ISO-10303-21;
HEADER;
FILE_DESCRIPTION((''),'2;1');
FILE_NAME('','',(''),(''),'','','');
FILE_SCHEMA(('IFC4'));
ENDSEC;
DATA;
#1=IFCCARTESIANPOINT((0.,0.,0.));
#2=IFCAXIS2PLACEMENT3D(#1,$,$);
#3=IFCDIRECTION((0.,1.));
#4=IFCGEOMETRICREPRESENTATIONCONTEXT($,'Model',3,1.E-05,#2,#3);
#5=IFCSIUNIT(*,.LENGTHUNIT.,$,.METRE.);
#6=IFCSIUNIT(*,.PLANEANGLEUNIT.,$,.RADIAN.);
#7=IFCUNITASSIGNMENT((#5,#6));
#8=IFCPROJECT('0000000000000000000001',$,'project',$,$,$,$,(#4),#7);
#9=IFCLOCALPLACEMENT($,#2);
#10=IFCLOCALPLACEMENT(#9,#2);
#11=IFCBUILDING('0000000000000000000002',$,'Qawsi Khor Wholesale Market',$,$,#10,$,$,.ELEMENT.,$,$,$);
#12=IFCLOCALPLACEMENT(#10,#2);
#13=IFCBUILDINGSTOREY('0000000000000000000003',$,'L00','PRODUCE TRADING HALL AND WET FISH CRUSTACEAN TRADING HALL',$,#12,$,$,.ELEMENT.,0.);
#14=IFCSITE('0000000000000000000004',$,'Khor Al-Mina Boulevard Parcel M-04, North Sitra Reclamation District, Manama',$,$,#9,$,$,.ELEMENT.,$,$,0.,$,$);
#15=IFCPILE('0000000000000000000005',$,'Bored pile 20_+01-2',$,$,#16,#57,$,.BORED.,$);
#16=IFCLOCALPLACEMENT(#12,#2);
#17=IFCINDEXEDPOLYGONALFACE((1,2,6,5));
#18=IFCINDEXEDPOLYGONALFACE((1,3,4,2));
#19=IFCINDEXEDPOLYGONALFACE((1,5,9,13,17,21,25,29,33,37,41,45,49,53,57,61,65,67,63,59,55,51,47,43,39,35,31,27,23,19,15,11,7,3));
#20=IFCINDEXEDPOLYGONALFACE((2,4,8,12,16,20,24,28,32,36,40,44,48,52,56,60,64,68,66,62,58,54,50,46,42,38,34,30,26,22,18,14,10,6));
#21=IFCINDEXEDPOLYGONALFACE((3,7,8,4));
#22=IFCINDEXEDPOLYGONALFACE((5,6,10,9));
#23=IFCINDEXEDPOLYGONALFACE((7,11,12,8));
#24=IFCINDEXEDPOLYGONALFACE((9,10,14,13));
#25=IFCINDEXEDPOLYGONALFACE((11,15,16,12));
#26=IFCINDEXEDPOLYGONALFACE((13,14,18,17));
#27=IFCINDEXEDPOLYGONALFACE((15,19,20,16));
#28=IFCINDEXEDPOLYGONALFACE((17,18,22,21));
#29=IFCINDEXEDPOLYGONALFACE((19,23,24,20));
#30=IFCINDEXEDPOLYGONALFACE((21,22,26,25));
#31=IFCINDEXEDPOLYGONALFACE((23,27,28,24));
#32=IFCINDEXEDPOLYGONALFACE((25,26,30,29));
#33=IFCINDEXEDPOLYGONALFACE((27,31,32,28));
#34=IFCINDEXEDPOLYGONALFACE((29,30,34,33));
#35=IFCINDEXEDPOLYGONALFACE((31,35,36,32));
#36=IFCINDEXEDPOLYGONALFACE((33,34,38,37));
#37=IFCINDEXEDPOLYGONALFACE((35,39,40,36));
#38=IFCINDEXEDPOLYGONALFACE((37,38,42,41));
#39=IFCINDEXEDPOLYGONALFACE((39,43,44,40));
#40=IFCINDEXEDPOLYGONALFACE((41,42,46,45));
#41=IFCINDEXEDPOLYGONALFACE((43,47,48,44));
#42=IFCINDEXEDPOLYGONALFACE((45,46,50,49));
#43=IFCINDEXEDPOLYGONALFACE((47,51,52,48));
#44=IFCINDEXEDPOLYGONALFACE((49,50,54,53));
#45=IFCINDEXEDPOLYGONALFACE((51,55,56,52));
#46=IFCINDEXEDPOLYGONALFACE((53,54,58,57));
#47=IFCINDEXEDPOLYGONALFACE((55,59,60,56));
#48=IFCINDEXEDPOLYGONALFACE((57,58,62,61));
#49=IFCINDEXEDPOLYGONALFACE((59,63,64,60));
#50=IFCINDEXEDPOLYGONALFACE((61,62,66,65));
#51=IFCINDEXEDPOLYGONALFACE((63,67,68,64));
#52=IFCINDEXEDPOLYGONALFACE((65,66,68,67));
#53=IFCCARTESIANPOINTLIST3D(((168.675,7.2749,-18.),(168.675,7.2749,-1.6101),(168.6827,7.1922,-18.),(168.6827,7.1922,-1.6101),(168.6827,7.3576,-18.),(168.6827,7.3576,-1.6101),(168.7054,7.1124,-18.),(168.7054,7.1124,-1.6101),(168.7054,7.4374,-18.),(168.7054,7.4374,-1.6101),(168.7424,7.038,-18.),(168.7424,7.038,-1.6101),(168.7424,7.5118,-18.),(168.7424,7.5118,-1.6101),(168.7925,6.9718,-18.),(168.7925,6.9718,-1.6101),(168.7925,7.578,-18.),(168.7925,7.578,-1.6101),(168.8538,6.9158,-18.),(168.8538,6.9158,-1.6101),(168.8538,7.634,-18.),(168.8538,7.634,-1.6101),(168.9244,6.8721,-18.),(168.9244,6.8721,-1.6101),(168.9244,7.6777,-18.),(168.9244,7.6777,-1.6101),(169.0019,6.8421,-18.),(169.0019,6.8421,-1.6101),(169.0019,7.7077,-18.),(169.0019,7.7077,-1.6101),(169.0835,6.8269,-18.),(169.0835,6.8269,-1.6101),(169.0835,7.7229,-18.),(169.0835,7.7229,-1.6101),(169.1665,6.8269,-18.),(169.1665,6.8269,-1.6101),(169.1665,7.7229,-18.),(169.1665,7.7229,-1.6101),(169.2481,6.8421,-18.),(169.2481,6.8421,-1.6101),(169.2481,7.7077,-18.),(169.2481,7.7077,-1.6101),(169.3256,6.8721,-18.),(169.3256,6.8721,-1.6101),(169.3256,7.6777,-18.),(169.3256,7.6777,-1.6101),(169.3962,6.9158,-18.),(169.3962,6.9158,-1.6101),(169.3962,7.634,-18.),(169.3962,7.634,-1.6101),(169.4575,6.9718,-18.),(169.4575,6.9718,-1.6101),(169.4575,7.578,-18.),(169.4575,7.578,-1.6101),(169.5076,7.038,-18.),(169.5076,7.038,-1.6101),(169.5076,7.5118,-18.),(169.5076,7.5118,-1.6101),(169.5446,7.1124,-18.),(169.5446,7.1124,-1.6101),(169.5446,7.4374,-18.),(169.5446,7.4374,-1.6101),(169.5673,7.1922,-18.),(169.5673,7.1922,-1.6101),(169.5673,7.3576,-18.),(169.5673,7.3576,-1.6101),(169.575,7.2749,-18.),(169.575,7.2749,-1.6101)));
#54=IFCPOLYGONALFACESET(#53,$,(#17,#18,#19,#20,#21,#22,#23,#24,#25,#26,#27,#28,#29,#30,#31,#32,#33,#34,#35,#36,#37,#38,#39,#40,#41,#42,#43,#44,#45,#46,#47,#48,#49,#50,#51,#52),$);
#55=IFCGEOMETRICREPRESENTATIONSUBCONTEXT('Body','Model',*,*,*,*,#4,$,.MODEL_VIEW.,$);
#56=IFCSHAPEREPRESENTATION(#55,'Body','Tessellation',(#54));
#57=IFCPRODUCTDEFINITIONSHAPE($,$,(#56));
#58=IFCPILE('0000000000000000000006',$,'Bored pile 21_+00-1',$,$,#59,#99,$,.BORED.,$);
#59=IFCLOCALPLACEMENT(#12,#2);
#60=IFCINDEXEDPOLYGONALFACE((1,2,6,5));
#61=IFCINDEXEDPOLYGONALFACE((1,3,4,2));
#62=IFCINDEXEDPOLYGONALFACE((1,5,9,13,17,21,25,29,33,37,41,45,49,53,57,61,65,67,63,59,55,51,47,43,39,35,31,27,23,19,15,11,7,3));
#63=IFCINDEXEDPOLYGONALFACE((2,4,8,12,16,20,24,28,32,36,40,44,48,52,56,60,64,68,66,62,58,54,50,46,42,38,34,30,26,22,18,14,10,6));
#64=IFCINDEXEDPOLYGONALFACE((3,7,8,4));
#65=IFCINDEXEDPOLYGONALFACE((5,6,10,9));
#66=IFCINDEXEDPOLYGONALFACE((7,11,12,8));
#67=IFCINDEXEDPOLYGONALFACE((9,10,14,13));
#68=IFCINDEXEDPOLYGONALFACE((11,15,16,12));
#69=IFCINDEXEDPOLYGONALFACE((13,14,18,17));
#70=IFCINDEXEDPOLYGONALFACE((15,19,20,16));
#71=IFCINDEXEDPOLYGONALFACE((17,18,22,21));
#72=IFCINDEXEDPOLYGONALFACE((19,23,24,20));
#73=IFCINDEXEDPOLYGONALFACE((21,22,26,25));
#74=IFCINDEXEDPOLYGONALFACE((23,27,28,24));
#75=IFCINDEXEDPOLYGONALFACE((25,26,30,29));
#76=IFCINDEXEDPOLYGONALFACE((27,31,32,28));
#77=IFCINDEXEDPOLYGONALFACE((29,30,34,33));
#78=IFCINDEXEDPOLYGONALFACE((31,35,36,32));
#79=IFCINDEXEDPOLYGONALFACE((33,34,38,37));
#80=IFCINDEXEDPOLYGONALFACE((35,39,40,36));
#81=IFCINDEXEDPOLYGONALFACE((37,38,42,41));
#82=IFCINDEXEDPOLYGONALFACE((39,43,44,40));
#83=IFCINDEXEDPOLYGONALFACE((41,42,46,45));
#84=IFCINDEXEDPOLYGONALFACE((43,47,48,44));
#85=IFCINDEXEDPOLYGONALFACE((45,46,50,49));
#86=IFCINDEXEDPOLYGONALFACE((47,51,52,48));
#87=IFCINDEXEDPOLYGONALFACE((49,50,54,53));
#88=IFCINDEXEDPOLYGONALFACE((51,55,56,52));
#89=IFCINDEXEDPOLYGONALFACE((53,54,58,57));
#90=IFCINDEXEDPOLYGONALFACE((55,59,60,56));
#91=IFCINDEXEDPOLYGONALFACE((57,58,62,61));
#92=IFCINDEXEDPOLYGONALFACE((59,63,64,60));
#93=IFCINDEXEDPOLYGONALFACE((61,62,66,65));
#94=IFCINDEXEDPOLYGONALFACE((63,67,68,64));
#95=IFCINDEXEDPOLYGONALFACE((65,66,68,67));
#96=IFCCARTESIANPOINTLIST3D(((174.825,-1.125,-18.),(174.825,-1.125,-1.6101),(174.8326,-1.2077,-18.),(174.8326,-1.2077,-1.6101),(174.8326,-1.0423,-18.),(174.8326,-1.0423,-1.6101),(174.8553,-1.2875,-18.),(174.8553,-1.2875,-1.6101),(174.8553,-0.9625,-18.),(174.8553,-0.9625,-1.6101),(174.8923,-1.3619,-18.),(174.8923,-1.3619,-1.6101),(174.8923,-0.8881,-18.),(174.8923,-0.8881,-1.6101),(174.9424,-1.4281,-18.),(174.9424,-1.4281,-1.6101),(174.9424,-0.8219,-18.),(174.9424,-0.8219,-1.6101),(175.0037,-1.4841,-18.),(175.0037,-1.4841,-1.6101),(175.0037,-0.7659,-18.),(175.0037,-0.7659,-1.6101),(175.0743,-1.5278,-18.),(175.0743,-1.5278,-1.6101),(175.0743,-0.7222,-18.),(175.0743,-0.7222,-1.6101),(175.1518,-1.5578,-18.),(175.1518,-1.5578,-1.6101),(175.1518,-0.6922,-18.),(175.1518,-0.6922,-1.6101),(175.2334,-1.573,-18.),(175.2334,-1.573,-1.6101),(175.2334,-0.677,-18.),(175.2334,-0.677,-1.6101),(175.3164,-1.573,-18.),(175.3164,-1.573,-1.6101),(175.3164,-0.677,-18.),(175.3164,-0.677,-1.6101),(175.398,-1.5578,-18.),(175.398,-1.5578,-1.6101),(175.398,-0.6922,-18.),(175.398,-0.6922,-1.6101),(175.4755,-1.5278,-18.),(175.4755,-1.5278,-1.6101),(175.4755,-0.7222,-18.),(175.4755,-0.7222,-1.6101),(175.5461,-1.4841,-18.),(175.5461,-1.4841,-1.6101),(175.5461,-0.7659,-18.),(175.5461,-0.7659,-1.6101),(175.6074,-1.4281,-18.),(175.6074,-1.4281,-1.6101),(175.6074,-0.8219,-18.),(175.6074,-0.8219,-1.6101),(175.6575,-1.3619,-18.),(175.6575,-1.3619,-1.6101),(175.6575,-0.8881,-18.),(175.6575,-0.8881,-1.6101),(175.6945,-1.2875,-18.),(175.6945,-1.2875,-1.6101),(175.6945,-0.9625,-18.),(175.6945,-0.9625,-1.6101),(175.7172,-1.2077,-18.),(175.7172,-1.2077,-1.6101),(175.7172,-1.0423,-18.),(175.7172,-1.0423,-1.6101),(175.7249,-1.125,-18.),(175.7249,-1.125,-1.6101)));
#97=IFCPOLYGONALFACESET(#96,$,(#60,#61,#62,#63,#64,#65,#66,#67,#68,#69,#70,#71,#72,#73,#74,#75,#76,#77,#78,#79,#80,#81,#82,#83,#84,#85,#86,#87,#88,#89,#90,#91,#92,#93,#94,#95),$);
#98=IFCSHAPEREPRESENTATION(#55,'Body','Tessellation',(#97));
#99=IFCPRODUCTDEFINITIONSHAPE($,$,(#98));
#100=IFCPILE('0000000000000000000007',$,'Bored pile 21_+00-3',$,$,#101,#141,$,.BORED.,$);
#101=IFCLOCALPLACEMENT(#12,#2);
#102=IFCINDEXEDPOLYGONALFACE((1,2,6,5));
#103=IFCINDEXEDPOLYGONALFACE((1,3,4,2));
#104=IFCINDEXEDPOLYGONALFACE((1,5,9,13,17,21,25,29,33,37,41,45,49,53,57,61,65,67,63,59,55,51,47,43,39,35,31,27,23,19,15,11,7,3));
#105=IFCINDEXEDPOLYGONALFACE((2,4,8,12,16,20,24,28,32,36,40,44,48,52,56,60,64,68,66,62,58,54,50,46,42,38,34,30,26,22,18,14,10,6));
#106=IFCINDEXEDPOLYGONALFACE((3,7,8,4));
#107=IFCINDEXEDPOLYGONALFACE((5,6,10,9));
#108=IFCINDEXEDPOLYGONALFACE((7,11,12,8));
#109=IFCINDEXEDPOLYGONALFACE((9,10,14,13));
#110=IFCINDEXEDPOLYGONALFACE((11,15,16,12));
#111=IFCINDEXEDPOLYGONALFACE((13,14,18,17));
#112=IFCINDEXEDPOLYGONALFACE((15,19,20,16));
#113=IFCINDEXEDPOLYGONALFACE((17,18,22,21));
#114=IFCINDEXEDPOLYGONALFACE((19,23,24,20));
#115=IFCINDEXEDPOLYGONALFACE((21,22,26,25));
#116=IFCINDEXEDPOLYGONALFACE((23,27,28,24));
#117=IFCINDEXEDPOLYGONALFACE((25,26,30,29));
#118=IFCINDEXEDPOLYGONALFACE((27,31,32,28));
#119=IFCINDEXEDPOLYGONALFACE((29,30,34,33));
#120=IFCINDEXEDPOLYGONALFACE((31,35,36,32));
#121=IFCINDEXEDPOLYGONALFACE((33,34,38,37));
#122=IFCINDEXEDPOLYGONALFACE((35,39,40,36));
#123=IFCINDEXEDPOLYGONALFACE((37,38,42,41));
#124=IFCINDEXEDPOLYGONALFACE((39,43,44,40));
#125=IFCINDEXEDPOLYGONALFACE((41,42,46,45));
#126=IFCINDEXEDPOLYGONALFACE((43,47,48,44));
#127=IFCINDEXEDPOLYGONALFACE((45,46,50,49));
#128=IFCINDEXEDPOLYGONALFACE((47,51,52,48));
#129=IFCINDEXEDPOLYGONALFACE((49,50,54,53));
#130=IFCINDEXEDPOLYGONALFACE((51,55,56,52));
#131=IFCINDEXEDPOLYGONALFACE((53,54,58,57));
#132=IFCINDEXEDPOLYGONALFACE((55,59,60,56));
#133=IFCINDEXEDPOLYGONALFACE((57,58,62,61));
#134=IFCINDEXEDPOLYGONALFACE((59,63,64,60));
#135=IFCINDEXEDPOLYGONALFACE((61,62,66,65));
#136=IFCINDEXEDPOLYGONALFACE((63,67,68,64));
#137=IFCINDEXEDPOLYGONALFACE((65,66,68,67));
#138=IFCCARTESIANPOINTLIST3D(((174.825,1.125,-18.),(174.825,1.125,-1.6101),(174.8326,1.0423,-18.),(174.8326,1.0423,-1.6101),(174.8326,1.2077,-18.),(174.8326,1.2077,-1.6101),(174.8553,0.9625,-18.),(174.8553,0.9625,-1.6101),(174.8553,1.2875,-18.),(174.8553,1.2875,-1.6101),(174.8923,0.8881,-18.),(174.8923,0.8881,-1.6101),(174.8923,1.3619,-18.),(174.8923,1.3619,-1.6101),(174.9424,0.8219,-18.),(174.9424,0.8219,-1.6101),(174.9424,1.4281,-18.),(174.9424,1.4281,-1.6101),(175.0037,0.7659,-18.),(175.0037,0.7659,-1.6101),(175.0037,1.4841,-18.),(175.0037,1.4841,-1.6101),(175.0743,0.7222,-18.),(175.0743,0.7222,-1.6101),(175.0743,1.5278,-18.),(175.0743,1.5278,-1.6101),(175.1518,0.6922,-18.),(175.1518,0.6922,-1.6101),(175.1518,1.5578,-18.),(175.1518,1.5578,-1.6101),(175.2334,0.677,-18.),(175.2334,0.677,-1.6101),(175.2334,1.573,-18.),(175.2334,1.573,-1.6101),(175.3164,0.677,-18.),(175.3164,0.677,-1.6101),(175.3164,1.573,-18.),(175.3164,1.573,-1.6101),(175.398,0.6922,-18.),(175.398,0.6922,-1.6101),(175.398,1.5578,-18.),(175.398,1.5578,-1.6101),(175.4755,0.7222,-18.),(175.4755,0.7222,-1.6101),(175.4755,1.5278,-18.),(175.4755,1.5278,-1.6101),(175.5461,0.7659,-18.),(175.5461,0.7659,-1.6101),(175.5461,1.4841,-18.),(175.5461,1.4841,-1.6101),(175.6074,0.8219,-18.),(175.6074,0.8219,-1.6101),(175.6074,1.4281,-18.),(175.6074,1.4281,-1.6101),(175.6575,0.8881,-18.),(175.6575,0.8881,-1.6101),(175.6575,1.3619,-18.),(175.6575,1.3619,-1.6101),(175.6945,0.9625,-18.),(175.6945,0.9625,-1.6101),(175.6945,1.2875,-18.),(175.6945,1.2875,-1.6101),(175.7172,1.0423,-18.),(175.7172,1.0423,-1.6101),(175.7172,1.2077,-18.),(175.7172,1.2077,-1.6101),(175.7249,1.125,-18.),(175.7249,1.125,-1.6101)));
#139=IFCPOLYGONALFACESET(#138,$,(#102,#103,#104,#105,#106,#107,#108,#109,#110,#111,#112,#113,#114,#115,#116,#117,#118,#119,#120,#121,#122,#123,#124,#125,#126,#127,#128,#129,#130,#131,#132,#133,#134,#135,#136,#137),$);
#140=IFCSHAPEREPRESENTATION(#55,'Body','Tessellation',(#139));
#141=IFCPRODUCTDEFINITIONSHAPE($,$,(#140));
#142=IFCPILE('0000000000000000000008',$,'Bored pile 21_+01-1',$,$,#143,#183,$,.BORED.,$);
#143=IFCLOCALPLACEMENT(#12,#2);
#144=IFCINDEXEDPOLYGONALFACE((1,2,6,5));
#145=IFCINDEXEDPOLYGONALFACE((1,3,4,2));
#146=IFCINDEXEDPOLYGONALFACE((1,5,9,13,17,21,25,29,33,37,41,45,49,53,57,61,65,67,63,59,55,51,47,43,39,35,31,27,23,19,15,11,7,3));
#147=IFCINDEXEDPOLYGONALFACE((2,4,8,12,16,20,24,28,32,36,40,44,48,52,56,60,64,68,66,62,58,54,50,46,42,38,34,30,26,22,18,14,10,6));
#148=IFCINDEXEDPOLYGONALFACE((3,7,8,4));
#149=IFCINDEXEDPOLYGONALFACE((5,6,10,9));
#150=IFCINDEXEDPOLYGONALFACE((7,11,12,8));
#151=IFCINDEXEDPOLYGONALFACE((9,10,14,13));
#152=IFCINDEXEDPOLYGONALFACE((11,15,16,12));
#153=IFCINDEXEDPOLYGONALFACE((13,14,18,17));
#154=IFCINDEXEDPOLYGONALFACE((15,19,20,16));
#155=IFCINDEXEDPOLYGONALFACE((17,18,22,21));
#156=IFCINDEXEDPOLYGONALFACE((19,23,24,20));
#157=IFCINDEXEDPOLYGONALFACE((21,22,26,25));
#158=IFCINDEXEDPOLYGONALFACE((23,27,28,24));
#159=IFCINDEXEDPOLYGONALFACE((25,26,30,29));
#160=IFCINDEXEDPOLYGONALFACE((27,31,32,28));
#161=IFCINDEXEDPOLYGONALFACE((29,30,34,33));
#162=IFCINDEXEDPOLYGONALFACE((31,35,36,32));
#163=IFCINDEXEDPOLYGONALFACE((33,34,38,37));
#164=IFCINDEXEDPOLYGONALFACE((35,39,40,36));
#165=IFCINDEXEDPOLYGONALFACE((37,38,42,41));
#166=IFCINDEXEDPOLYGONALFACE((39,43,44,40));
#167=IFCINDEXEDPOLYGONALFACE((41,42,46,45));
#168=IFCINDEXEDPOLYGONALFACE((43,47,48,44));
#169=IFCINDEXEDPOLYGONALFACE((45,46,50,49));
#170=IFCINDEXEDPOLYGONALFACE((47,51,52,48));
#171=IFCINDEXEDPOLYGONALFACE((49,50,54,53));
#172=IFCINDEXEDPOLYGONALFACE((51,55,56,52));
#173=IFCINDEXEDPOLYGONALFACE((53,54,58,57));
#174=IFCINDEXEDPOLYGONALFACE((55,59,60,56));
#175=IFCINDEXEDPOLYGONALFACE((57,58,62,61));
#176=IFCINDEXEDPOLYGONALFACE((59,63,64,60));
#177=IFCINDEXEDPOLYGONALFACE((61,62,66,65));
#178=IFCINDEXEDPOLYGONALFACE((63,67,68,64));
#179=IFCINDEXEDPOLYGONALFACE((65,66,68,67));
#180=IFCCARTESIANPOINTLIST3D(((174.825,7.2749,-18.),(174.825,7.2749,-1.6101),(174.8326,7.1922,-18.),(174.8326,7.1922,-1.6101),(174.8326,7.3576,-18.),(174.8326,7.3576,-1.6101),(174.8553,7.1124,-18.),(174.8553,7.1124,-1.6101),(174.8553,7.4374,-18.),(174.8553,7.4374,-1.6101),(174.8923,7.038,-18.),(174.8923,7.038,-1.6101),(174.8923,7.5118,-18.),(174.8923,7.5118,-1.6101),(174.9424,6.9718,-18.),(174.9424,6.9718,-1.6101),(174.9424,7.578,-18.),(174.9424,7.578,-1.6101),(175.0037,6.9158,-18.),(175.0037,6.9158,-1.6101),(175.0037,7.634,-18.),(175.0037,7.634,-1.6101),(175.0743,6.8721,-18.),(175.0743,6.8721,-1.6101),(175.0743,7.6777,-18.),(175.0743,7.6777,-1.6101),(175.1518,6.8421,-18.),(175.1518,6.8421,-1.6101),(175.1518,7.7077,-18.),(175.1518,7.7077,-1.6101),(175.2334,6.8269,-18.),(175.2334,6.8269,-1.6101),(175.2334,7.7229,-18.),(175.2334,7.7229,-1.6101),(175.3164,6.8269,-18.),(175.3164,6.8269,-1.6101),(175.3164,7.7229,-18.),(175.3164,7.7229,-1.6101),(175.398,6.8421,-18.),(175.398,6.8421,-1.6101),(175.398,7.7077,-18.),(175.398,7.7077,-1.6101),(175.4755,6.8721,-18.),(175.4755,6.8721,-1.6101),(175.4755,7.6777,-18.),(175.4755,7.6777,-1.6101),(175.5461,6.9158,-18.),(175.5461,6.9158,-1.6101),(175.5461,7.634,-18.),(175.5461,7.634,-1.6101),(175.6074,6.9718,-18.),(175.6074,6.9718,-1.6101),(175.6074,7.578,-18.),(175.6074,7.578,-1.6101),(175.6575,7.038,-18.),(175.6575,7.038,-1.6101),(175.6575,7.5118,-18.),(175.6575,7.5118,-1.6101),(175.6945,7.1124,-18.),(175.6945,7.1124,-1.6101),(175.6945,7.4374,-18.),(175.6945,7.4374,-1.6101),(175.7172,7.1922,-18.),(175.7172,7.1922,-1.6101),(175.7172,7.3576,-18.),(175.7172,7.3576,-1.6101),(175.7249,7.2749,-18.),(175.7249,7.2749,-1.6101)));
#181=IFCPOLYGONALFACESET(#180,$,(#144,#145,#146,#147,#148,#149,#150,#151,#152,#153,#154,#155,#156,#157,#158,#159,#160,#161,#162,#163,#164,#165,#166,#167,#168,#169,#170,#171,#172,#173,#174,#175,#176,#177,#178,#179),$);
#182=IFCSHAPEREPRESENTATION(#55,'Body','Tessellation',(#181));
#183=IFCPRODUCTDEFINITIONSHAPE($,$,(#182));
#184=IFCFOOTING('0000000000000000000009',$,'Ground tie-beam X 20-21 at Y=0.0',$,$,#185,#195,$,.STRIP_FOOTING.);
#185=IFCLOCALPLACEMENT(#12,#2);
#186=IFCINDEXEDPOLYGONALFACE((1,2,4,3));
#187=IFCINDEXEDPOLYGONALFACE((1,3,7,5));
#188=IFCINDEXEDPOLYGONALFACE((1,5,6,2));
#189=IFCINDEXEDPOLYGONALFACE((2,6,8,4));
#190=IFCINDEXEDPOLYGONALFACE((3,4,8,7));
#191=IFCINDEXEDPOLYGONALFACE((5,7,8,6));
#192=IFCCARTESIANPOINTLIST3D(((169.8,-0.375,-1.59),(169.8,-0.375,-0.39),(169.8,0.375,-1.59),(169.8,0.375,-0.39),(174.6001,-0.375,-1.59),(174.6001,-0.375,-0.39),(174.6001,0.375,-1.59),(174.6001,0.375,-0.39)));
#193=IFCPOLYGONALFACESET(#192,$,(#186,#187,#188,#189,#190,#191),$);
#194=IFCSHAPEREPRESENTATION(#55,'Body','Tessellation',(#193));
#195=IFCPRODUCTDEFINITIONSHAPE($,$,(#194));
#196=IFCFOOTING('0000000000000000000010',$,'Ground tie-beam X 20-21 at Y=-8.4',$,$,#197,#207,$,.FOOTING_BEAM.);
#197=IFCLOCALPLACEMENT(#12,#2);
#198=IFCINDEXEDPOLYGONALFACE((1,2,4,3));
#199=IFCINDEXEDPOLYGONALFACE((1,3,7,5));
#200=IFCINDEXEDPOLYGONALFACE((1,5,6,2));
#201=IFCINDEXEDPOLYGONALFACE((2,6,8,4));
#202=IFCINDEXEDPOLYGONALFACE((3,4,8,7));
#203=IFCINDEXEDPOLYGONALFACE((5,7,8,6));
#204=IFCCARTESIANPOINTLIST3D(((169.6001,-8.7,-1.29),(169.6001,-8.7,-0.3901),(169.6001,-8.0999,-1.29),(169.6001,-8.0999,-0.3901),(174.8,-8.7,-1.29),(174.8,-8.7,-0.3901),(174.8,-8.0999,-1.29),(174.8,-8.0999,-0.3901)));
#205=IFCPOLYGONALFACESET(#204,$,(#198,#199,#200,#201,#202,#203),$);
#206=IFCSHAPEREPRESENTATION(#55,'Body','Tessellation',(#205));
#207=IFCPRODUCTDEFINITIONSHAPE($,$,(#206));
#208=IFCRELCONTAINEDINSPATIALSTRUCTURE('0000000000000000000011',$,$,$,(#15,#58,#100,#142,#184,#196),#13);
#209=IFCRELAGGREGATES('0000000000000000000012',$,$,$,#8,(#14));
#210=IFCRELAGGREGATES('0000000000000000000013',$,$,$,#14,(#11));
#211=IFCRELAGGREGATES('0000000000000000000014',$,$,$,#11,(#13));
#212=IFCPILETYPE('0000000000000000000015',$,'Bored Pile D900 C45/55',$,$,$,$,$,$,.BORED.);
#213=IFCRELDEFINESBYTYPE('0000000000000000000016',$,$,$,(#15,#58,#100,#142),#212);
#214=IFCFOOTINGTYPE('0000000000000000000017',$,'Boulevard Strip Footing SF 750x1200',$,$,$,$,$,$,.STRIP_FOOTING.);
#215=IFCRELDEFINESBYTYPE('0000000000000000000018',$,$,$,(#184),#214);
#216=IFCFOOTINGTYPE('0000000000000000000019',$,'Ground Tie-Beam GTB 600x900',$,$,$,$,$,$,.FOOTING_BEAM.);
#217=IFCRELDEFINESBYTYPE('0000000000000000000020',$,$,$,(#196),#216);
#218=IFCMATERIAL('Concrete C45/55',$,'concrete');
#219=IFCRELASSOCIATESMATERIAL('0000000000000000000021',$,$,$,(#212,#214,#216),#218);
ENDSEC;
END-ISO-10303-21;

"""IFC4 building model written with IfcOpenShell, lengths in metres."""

from ifc_helpers import new_model, si_unit, direction, frame, origin, origin_2d, place, context, subcontext, project, spatial, rectangle, circle, extrude, material, material_profile, profile_set, type_object, element, save


model = new_model("IFC4")

# Units and contexts
model_context = context("Model", 3, precision=1e-05, world=origin(), true_north=direction((0.0, 1.0)))
body_context = subcontext(model_context, "Body", "Model", "MODEL_VIEW")
ifc_project = project(units=[si_unit("LENGTHUNIT", "METRE"), si_unit("PLANEANGLEUNIT", "RADIAN")], contexts=[model_context])

# Site, building, storey
site_placement = place(None, origin())
site = spatial("IfcSite", under=ifc_project, at=site_placement, Name="Khor Al-Mina Boulevard Parcel M-04, North Sitra Reclamation District, Manama", CompositionType="ELEMENT", RefElevation=0.0)
building_placement = place(site_placement, origin())
building = spatial("IfcBuilding", under=site, at=building_placement, Name="Qawsi Khor Wholesale Market", CompositionType="ELEMENT")
storey_placement = place(building_placement, origin())
storey = spatial("IfcBuildingStorey", under=building, at=storey_placement, Name="L00", Description="PRODUCE TRADING HALL AND WET FISH CRUSTACEAN TRADING HALL", CompositionType="ELEMENT", Elevation=0.0)

# Piles
ifc_material_1 = material(Name="Concrete C45/55", Category="concrete")
ifc_material_profile_1 = material_profile(ifc_material_1, circle(Radius=0.45, at=origin_2d()), Name="PILE D900")
ifc_profile_set_1 = profile_set([ifc_material_profile_1], Name="Concrete C45/55")
pile_type_1 = type_object("IfcPileType", Name="Bored Pile D900 C45/55", PredefinedType="BORED", material=ifc_profile_set_1)
for number, where, z_axis, x_axis, name in (
    (1, (169.125, 7.2749, -1.6101), (0.0, 0.0, -1.0), (1.0, 0.0, 0.0), "Bored pile 20_+01-2"),
    (2, (175.2749, -1.125, -1.6101), (0.0, 0.0, -1.0), (1.0, 0.0, 0.0), "Bored pile 21_+00-1"),
    (3, (175.2749, 1.125, -1.6101), (0.0, 0.0, -1.0), (1.0, 0.0, 0.0), "Bored pile 21_+00-3"),
    (4, (175.2749, 7.2749, -1.6101), (0.0, 0.0, -1.0), (1.0, 0.0, 0.0), "Bored pile 21_+01-1"),
):
    element("IfcPile", number, at=place(storey_placement, frame(where, z_axis=z_axis, x_axis=x_axis)), inside=storey, type_object=pile_type_1, Name=name, PredefinedType="BORED", context=body_context, shape_type="SweptSolid", body=[
        extrude(circle(Radius=0.45, at=origin_2d()), origin(), (0.0, 0.0, 1.0), 16.3899),
    ])

# Footings
ifc_material_profile_2 = material_profile(ifc_material_1, rectangle(XDim=0.75, YDim=1.2, at=origin_2d()), Name="RC 750x1200")
ifc_profile_set_2 = profile_set([ifc_material_profile_2], Name="Concrete C45/55")
footing_type_1 = type_object("IfcFootingType", Name="Boulevard Strip Footing SF 750x1200", PredefinedType="STRIP_FOOTING", material=ifc_profile_set_2)
footing_1_placement = place(storey_placement, frame((169.8, 0.0, -0.99), z_axis=(1.0, 0.0, 0.0), x_axis=(0.0, 1.0, 0.0)))
element("IfcFooting", 5, at=footing_1_placement, inside=storey, type_object=footing_type_1, Name="Ground tie-beam X 20-21 at Y=0.0", PredefinedType="STRIP_FOOTING", context=body_context, shape_type="SweptSolid", body=[
    extrude(rectangle(XDim=0.75, YDim=1.2, at=origin_2d()), origin(), (0.0, 0.0, 1.0), 4.8),
])
ifc_material_profile_3 = material_profile(ifc_material_1, rectangle(XDim=0.6001, YDim=0.8999, at=origin_2d()), Name="RC 600x900")
ifc_profile_set_3 = profile_set([ifc_material_profile_3], Name="Concrete C45/55")
footing_type_2 = type_object("IfcFootingType", Name="Ground Tie-Beam GTB 600x900", PredefinedType="FOOTING_BEAM", material=ifc_profile_set_3)
footing_2_placement = place(storey_placement, frame((169.6001, -8.3999, -0.8401), z_axis=(1.0, 0.0, 0.0), x_axis=(0.0, 1.0, 0.0)))
element("IfcFooting", 6, at=footing_2_placement, inside=storey, type_object=footing_type_2, Name="Ground tie-beam X 20-21 at Y=-8.4", PredefinedType="FOOTING_BEAM", context=body_context, shape_type="SweptSolid", body=[
    extrude(rectangle(XDim=0.6001, YDim=0.8999, at=origin_2d()), origin(), (0.0, 0.0, 1.0), 5.2),
])

save(model, "model.ifc")
